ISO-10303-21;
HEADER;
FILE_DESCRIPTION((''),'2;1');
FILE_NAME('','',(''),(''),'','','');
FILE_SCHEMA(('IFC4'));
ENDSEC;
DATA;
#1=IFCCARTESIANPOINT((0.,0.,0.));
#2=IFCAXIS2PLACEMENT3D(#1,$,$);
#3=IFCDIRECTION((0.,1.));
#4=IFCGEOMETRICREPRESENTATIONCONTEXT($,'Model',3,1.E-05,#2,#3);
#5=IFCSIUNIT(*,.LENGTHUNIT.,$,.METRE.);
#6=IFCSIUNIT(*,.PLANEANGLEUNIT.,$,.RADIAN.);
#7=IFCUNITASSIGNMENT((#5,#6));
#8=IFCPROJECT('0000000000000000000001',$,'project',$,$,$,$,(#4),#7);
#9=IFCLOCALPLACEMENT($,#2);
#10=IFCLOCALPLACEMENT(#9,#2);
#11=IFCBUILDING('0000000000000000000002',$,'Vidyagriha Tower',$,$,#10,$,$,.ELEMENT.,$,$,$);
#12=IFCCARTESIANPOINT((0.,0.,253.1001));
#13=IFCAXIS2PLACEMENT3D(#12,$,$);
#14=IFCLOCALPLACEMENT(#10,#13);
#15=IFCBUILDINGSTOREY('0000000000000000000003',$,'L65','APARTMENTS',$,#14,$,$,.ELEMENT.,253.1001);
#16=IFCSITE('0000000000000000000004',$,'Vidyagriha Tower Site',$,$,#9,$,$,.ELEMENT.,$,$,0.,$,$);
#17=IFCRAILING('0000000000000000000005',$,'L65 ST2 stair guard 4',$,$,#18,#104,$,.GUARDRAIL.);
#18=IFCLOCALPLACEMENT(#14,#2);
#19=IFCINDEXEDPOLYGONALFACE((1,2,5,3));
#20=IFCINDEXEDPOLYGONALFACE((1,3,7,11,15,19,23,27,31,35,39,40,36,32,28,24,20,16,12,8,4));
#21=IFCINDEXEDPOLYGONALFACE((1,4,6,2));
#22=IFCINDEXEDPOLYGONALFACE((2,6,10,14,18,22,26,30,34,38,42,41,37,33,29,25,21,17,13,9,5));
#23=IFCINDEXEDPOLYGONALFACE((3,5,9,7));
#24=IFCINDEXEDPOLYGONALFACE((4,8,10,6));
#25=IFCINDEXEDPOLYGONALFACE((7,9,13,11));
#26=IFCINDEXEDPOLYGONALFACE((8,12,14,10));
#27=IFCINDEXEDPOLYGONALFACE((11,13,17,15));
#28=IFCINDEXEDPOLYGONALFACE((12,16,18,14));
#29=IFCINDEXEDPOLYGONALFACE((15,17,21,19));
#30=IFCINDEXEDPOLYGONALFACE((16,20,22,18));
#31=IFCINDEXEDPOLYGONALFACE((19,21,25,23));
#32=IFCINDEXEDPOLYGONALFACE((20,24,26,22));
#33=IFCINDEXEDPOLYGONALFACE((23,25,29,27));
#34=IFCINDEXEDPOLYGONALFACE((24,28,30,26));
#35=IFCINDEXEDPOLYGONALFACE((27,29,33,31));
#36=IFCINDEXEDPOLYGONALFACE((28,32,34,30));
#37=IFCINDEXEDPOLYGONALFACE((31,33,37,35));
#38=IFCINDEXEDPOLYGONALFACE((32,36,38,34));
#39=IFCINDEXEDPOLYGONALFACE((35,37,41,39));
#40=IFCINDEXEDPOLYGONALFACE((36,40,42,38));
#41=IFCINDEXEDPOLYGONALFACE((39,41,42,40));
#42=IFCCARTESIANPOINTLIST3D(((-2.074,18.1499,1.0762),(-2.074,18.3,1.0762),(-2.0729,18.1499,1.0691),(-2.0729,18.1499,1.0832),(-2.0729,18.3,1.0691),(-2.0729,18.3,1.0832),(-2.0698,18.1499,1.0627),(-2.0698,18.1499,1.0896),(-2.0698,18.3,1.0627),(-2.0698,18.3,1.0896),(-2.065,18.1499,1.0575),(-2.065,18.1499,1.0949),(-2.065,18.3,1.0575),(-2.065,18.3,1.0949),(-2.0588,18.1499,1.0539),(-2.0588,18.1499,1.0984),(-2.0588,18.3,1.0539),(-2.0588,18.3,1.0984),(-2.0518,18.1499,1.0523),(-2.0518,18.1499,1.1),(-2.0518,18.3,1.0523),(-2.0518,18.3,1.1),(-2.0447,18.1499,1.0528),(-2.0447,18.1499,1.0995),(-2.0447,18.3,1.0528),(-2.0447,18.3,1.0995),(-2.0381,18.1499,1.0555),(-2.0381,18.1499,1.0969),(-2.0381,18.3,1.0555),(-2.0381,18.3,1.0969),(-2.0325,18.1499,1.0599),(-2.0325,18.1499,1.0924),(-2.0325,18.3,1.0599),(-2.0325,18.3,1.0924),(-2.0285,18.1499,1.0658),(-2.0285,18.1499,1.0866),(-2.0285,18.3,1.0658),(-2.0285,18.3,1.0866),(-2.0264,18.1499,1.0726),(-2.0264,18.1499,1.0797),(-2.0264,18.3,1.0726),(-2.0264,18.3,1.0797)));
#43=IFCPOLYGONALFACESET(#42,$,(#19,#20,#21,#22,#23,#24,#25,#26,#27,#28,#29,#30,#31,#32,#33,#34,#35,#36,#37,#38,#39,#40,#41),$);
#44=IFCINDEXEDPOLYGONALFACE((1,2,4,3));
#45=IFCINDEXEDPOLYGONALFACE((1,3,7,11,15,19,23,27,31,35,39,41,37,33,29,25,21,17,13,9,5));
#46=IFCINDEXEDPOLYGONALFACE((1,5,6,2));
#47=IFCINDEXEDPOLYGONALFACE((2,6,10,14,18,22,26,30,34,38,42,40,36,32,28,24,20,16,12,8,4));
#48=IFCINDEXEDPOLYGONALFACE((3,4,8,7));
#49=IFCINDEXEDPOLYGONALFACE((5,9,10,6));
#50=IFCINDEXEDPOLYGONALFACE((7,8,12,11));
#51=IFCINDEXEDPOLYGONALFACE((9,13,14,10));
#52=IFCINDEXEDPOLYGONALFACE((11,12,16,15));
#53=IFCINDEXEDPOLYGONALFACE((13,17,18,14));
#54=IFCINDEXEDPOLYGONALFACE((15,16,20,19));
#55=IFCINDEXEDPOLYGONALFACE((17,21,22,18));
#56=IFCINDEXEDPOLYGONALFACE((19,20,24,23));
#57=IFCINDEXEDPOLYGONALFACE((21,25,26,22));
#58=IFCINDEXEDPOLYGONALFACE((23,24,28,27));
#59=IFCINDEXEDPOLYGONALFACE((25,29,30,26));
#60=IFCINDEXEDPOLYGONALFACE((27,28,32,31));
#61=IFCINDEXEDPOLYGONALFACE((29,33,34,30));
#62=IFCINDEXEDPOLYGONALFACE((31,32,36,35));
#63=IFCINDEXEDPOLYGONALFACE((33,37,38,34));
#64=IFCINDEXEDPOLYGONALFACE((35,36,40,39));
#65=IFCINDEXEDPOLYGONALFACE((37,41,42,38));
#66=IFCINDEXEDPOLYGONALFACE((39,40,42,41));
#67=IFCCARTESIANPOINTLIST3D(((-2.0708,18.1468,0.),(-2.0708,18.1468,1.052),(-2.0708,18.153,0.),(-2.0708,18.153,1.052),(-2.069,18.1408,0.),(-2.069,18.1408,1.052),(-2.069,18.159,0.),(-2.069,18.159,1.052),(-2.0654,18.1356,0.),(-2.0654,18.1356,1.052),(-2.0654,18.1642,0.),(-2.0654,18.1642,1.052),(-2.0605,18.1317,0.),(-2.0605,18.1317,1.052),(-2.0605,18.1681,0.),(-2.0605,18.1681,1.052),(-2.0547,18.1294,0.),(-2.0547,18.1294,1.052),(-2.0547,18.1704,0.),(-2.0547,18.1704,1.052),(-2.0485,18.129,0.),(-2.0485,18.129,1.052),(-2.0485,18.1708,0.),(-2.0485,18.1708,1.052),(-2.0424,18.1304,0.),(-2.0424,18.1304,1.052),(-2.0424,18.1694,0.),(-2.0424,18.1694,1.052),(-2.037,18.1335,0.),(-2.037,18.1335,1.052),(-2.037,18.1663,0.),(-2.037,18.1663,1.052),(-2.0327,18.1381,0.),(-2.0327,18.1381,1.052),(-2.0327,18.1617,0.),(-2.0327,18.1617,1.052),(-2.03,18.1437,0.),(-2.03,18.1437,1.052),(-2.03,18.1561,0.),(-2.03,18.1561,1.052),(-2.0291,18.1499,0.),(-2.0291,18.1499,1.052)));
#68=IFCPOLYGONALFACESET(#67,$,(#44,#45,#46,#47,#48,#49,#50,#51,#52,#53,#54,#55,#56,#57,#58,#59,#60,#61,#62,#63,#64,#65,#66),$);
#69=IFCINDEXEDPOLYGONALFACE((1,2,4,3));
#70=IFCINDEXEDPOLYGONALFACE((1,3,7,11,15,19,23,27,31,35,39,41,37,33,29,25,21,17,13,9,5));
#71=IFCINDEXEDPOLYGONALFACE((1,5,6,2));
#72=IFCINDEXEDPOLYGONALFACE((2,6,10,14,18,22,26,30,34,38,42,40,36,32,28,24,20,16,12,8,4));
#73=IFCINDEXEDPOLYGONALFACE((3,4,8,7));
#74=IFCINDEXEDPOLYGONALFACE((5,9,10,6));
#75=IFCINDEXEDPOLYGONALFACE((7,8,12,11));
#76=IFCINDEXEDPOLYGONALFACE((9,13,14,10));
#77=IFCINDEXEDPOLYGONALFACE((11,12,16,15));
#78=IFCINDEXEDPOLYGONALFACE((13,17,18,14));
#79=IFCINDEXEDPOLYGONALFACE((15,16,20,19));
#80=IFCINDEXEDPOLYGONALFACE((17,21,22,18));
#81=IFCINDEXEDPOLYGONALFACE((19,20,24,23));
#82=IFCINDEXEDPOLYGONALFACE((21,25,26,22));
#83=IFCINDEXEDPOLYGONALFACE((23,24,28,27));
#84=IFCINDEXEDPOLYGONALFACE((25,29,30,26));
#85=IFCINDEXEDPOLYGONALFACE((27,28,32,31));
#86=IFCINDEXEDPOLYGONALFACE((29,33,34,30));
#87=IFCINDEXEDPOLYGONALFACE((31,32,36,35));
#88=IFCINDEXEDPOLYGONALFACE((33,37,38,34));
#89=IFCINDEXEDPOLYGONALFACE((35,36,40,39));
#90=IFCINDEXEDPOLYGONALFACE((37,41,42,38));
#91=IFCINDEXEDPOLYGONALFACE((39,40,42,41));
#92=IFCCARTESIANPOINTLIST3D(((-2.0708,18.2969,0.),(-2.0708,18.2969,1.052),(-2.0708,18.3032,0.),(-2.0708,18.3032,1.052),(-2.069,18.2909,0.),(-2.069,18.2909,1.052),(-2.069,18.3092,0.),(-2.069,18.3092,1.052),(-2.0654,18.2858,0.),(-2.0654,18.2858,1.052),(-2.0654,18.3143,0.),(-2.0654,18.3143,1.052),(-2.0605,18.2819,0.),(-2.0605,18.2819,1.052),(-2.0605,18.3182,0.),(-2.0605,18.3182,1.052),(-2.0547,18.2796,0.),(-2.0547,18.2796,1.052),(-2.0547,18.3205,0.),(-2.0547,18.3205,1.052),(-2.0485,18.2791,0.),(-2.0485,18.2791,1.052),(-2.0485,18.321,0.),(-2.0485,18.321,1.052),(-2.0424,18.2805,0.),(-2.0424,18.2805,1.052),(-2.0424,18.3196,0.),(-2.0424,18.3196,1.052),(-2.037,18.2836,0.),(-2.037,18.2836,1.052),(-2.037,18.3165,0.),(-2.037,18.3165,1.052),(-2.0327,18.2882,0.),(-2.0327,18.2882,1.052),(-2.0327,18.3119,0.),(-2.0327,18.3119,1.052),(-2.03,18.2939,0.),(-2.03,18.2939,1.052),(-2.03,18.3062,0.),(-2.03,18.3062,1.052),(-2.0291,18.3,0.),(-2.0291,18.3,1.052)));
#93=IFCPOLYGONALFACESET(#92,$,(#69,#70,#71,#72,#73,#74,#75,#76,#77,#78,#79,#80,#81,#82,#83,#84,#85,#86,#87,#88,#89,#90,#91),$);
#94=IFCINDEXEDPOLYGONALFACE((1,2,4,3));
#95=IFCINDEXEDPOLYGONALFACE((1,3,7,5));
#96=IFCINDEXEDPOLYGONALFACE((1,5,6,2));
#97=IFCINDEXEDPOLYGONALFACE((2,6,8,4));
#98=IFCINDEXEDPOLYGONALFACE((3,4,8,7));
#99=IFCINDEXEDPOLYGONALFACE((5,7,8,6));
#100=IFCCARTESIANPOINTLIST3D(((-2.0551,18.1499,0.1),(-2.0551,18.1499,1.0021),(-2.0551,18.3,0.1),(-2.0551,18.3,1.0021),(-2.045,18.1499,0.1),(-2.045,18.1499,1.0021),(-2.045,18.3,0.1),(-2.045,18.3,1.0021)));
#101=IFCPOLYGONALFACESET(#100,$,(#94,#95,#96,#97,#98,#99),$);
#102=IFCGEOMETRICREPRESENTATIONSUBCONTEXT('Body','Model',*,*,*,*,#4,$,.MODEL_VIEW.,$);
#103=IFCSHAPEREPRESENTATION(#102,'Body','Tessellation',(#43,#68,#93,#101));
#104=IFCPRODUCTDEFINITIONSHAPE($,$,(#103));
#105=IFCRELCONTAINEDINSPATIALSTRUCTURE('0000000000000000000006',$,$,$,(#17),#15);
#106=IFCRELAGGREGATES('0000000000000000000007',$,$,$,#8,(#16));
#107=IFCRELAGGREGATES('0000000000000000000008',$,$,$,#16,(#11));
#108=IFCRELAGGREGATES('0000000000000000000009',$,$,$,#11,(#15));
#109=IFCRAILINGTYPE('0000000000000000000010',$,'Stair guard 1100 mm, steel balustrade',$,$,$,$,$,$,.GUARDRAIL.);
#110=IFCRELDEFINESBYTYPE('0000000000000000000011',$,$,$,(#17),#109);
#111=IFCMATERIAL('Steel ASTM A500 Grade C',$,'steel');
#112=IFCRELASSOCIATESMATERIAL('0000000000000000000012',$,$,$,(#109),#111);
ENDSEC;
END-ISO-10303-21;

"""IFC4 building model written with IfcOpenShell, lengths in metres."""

from ifc_helpers import new_model, si_unit, direction, frame, origin, origin_2d, place, context, subcontext, project, spatial, rectangle, circle, extrude, material, type_object, element, save


model = new_model("IFC4")

# Units and contexts
model_context = context("Model", 3, precision=1e-05, world=origin(), true_north=direction((0.0, 1.0)))
body_context = subcontext(model_context, "Body", "Model", "MODEL_VIEW")
ifc_project = project(units=[si_unit("LENGTHUNIT", "METRE"), si_unit("PLANEANGLEUNIT", "RADIAN")], contexts=[model_context])

# Site, building, storey
site_placement = place(None, origin())
site = spatial("IfcSite", under=ifc_project, at=site_placement, Name="Vidyagriha Tower Site", CompositionType="ELEMENT", RefElevation=0.0)
building_placement = place(site_placement, origin())
building = spatial("IfcBuilding", under=site, at=building_placement, Name="Vidyagriha Tower", CompositionType="ELEMENT")
storey_placement = place(building_placement, frame((0.0, 0.0, 253.1001)))
storey = spatial("IfcBuildingStorey", under=building, at=storey_placement, Name="L65", Description="APARTMENTS", CompositionType="ELEMENT", Elevation=253.1001)

# Railing
ifc_material_1 = material(Name="Steel ASTM A500 Grade C", Category="steel")
railing_type_1 = type_object("IfcRailingType", Name="Stair guard 1100 mm, steel balustrade", PredefinedType="GUARDRAIL", material=ifc_material_1)
railing_1_placement = place(storey_placement, frame((-2.05, 18.1499, 0.0)))
element("IfcRailing", 1, at=railing_1_placement, inside=storey, type_object=railing_type_1, Name="L65 ST2 stair guard 4", PredefinedType="GUARDRAIL", context=body_context, shape_type="SweptSolid", body=[
    extrude(circle(Radius=0.0239, at=origin_2d()), frame((0.0, 0.0, 1.0762), z_axis=(0.0, 1.0, 0.0), x_axis=(-1.0, 0.0, 0.0)), (0.0, 0.0, 1.0), 0.1501),
    extrude(circle(Radius=0.021, at=origin_2d()), origin(), (0.0, 0.0, 1.0), 1.052),
    extrude(circle(Radius=0.021, at=origin_2d()), frame((0.0, 0.1501, 0.0)), (0.0, 0.0, 1.0), 1.052),
    extrude(rectangle(XDim=0.01, YDim=0.9021, at=origin_2d()), frame((0.0, 0.0, 0.551), z_axis=(0.0, 1.0, 0.0), x_axis=(-1.0, 0.0, 0.0)), (0.0, 0.0, 1.0), 0.1501),
])

save(model, "model.ifc")
